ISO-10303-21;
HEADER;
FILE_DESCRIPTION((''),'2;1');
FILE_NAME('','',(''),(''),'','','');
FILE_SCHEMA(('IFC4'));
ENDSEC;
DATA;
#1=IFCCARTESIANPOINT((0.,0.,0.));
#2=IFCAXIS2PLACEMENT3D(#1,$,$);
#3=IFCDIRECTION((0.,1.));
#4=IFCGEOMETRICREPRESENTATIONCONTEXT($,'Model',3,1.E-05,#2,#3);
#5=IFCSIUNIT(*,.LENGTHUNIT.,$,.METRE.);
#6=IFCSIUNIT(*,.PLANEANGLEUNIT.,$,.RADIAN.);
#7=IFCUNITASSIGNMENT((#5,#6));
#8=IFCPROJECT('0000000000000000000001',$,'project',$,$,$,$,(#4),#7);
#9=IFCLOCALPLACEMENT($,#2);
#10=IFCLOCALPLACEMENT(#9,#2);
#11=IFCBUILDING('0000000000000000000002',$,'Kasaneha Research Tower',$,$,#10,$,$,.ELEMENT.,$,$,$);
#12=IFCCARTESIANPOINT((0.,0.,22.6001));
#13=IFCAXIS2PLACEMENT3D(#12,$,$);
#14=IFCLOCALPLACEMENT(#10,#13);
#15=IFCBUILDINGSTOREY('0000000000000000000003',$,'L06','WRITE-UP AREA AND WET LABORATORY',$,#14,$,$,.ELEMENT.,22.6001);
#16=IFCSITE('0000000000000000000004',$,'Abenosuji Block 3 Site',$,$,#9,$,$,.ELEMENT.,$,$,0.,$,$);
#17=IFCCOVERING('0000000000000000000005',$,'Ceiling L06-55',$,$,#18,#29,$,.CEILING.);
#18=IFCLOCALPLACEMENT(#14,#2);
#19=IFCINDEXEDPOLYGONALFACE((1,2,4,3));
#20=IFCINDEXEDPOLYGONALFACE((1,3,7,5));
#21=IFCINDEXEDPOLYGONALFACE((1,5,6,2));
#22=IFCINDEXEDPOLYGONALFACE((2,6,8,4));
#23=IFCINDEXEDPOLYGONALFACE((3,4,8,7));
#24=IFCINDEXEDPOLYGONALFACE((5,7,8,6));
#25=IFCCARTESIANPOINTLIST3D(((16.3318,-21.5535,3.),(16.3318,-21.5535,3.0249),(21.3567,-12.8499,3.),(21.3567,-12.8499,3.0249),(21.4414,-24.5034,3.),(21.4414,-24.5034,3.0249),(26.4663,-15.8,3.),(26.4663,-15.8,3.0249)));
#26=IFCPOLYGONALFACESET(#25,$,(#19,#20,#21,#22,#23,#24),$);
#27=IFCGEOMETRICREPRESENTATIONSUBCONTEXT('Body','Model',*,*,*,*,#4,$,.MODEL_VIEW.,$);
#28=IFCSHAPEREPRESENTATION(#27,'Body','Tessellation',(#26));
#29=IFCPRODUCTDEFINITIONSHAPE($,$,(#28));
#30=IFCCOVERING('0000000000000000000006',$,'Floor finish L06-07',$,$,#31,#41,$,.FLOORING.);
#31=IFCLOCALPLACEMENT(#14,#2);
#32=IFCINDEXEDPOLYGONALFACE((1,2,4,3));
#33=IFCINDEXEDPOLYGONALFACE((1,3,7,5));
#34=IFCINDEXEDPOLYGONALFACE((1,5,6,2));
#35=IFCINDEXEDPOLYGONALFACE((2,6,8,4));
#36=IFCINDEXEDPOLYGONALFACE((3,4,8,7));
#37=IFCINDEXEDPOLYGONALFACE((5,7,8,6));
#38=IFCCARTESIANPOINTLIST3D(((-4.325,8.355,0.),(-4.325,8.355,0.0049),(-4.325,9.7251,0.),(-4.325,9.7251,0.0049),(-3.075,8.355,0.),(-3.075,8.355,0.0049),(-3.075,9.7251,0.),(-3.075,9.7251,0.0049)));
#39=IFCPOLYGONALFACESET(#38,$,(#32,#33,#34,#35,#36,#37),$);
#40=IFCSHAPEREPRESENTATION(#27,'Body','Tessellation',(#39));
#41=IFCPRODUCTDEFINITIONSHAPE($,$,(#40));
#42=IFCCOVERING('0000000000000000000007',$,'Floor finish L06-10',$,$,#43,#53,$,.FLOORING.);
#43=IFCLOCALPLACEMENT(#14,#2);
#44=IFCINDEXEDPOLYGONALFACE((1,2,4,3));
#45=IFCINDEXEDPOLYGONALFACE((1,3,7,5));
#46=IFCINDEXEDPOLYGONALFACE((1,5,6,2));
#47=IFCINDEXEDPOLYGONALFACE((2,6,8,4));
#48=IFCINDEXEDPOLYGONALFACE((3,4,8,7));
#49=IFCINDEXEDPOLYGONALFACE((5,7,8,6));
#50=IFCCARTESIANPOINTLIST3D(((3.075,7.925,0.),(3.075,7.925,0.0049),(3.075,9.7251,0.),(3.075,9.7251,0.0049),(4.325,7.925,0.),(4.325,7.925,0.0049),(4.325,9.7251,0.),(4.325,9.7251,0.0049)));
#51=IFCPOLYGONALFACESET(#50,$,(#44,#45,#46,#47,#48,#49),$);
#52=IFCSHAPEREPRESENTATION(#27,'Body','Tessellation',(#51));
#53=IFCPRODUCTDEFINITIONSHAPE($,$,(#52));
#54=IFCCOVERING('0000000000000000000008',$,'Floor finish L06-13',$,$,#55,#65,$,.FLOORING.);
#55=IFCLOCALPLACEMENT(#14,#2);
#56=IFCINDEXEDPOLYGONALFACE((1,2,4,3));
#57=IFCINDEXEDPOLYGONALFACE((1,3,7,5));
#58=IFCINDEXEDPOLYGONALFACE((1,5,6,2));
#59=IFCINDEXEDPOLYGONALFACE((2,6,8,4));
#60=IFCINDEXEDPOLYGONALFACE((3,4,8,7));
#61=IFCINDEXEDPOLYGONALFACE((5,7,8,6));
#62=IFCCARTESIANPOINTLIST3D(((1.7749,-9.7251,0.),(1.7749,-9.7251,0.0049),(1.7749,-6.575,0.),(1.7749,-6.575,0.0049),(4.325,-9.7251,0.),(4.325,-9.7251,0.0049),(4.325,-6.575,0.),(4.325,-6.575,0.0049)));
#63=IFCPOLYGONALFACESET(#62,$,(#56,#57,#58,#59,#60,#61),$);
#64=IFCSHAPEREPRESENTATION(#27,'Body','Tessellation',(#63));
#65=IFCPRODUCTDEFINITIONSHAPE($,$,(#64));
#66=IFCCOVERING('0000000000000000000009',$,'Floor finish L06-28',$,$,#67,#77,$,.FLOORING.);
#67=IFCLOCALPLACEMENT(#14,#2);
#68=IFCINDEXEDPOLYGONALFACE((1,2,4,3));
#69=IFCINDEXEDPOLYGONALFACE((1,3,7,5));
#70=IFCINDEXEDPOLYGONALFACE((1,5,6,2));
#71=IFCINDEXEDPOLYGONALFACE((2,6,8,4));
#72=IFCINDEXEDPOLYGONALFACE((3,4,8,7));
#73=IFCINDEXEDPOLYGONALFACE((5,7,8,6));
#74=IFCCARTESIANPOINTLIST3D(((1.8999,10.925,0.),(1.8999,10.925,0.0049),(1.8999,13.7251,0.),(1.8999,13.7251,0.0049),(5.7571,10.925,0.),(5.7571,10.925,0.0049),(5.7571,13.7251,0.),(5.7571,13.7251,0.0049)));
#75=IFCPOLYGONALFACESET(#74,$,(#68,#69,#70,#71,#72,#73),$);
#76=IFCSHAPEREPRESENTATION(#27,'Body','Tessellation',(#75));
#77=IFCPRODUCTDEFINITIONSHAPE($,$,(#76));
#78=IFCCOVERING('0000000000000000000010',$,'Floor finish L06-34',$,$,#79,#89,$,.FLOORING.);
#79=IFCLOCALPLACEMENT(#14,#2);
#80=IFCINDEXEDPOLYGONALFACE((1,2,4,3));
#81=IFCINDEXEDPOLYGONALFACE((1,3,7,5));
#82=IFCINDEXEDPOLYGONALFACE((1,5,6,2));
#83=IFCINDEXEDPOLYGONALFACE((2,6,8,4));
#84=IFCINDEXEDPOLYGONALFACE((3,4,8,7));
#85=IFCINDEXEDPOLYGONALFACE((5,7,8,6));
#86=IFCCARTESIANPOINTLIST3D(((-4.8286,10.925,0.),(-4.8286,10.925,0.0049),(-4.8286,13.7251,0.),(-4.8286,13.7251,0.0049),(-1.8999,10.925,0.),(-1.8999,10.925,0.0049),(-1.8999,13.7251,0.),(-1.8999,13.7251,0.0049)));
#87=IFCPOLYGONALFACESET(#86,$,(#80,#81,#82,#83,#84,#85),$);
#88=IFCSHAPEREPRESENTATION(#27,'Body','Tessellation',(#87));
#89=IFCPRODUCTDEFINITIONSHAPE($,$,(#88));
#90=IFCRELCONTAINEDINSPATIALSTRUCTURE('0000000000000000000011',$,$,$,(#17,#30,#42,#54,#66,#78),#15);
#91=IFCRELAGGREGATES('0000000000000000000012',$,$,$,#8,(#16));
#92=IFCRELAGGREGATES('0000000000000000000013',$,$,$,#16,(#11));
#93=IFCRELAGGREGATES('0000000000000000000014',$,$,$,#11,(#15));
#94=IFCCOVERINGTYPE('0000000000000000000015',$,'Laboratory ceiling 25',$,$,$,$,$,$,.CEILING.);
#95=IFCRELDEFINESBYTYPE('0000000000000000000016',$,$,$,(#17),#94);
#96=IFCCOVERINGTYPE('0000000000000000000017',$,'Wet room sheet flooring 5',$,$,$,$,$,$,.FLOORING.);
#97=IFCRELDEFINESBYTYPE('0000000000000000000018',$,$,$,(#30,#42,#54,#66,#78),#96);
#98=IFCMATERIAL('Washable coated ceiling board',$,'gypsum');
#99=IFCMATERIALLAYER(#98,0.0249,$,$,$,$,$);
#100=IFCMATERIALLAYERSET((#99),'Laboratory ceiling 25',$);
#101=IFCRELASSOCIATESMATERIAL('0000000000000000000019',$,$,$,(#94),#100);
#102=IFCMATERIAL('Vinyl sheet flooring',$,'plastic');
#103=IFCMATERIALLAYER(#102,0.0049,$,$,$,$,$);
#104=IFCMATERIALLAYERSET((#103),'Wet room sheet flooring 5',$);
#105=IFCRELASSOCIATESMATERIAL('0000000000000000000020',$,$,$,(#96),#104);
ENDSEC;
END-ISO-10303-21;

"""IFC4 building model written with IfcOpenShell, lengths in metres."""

from ifc_helpers import new_model, si_unit, direction, frame, origin, place, context, subcontext, project, spatial, polyline, outline, extrude, material, layer, layer_set, type_object, element, save


model = new_model("IFC4")

# Units and contexts
model_context = context("Model", 3, precision=1e-05, world=origin(), true_north=direction((0.0, 1.0)))
body_context = subcontext(model_context, "Body", "Model", "MODEL_VIEW")
ifc_project = project(units=[si_unit("LENGTHUNIT", "METRE"), si_unit("PLANEANGLEUNIT", "RADIAN")], contexts=[model_context])

# Site, building, storey
site_placement = place(None, origin())
site = spatial("IfcSite", under=ifc_project, at=site_placement, Name="Abenosuji Block 3 Site", CompositionType="ELEMENT", RefElevation=0.0)
building_placement = place(site_placement, origin())
building = spatial("IfcBuilding", under=site, at=building_placement, Name="Kasaneha Research Tower", CompositionType="ELEMENT")
storey_placement = place(building_placement, frame((0.0, 0.0, 22.6001)))
storey = spatial("IfcBuildingStorey", under=building, at=storey_placement, Name="L06", Description="WRITE-UP AREA AND WET LABORATORY", CompositionType="ELEMENT", Elevation=22.6001)

# Coverings
ifc_material_1 = material(Name="Washable coated ceiling board", Category="gypsum")
ifc_layer_1 = layer(ifc_material_1, 0.0249)
ifc_layer_set_1 = layer_set([ifc_layer_1], Name="Laboratory ceiling 25")
covering_type_1 = type_object("IfcCoveringType", Name="Laboratory ceiling 25", PredefinedType="CEILING", material=ifc_layer_set_1)
covering_1_placement = place(storey_placement, frame((0.0, 0.0, 3.0)))
element("IfcCovering", 1, at=covering_1_placement, inside=storey, type_object=covering_type_1, Name="Ceiling L06-55", PredefinedType="CEILING", context=body_context, shape_type="SweptSolid", body=[
    extrude(outline(polyline([(21.4414, -24.5034), (16.3318, -21.5535), (21.3567, -12.8499), (26.4663, -15.8), (21.4414, -24.5034)])), origin(), (0.0, 0.0, 1.0), 0.0249),
])
ifc_material_2 = material(Name="Vinyl sheet flooring", Category="plastic")
ifc_layer_2 = layer(ifc_material_2, 0.0049)
ifc_layer_set_2 = layer_set([ifc_layer_2], Name="Wet room sheet flooring 5")
covering_type_2 = type_object("IfcCoveringType", Name="Wet room sheet flooring 5", PredefinedType="FLOORING", material=ifc_layer_set_2)
covering_2_placement = place(storey_placement, origin())
element("IfcCovering", 2, at=covering_2_placement, inside=storey, type_object=covering_type_2, Name="Floor finish L06-07", PredefinedType="FLOORING", context=body_context, shape_type="SweptSolid", body=[
    extrude(outline(polyline([(-4.325, 8.355), (-4.325, 9.7251), (-3.075, 9.7251), (-3.075, 8.355), (-4.325, 8.355)])), origin(), (0.0, 0.0, 1.0), 0.0049),
])
covering_3_placement = place(storey_placement, origin())
element("IfcCovering", 3, at=covering_3_placement, inside=storey, type_object=covering_type_2, Name="Floor finish L06-10", PredefinedType="FLOORING", context=body_context, shape_type="SweptSolid", body=[
    extrude(outline(polyline([(4.325, 7.925), (3.075, 7.925), (3.075, 9.7251), (4.325, 9.7251), (4.325, 7.925)])), origin(), (0.0, 0.0, 1.0), 0.0049),
])
covering_4_placement = place(storey_placement, origin())
element("IfcCovering", 4, at=covering_4_placement, inside=storey, type_object=covering_type_2, Name="Floor finish L06-13", PredefinedType="FLOORING", context=body_context, shape_type="SweptSolid", body=[
    extrude(outline(polyline([(1.7749, -9.7251), (1.7749, -6.575), (4.325, -6.575), (4.325, -9.7251), (1.7749, -9.7251)])), origin(), (0.0, 0.0, 1.0), 0.0049),
])
covering_5_placement = place(storey_placement, origin())
element("IfcCovering", 5, at=covering_5_placement, inside=storey, type_object=covering_type_2, Name="Floor finish L06-28", PredefinedType="FLOORING", context=body_context, shape_type="SweptSolid", body=[
    extrude(outline(polyline([(1.8999, 13.7251), (5.7571, 13.7251), (5.7571, 10.925), (1.8999, 10.925), (1.8999, 13.7251)])), origin(), (0.0, 0.0, 1.0), 0.0049),
])
covering_6_placement = place(storey_placement, origin())
element("IfcCovering", 6, at=covering_6_placement, inside=storey, type_object=covering_type_2, Name="Floor finish L06-34", PredefinedType="FLOORING", context=body_context, shape_type="SweptSolid", body=[
    extrude(outline(polyline([(-4.8286, 10.925), (-4.8286, 13.7251), (-1.8999, 13.7251), (-1.8999, 10.925), (-4.8286, 10.925)])), origin(), (0.0, 0.0, 1.0), 0.0049),
])

save(model, "model.ifc")
